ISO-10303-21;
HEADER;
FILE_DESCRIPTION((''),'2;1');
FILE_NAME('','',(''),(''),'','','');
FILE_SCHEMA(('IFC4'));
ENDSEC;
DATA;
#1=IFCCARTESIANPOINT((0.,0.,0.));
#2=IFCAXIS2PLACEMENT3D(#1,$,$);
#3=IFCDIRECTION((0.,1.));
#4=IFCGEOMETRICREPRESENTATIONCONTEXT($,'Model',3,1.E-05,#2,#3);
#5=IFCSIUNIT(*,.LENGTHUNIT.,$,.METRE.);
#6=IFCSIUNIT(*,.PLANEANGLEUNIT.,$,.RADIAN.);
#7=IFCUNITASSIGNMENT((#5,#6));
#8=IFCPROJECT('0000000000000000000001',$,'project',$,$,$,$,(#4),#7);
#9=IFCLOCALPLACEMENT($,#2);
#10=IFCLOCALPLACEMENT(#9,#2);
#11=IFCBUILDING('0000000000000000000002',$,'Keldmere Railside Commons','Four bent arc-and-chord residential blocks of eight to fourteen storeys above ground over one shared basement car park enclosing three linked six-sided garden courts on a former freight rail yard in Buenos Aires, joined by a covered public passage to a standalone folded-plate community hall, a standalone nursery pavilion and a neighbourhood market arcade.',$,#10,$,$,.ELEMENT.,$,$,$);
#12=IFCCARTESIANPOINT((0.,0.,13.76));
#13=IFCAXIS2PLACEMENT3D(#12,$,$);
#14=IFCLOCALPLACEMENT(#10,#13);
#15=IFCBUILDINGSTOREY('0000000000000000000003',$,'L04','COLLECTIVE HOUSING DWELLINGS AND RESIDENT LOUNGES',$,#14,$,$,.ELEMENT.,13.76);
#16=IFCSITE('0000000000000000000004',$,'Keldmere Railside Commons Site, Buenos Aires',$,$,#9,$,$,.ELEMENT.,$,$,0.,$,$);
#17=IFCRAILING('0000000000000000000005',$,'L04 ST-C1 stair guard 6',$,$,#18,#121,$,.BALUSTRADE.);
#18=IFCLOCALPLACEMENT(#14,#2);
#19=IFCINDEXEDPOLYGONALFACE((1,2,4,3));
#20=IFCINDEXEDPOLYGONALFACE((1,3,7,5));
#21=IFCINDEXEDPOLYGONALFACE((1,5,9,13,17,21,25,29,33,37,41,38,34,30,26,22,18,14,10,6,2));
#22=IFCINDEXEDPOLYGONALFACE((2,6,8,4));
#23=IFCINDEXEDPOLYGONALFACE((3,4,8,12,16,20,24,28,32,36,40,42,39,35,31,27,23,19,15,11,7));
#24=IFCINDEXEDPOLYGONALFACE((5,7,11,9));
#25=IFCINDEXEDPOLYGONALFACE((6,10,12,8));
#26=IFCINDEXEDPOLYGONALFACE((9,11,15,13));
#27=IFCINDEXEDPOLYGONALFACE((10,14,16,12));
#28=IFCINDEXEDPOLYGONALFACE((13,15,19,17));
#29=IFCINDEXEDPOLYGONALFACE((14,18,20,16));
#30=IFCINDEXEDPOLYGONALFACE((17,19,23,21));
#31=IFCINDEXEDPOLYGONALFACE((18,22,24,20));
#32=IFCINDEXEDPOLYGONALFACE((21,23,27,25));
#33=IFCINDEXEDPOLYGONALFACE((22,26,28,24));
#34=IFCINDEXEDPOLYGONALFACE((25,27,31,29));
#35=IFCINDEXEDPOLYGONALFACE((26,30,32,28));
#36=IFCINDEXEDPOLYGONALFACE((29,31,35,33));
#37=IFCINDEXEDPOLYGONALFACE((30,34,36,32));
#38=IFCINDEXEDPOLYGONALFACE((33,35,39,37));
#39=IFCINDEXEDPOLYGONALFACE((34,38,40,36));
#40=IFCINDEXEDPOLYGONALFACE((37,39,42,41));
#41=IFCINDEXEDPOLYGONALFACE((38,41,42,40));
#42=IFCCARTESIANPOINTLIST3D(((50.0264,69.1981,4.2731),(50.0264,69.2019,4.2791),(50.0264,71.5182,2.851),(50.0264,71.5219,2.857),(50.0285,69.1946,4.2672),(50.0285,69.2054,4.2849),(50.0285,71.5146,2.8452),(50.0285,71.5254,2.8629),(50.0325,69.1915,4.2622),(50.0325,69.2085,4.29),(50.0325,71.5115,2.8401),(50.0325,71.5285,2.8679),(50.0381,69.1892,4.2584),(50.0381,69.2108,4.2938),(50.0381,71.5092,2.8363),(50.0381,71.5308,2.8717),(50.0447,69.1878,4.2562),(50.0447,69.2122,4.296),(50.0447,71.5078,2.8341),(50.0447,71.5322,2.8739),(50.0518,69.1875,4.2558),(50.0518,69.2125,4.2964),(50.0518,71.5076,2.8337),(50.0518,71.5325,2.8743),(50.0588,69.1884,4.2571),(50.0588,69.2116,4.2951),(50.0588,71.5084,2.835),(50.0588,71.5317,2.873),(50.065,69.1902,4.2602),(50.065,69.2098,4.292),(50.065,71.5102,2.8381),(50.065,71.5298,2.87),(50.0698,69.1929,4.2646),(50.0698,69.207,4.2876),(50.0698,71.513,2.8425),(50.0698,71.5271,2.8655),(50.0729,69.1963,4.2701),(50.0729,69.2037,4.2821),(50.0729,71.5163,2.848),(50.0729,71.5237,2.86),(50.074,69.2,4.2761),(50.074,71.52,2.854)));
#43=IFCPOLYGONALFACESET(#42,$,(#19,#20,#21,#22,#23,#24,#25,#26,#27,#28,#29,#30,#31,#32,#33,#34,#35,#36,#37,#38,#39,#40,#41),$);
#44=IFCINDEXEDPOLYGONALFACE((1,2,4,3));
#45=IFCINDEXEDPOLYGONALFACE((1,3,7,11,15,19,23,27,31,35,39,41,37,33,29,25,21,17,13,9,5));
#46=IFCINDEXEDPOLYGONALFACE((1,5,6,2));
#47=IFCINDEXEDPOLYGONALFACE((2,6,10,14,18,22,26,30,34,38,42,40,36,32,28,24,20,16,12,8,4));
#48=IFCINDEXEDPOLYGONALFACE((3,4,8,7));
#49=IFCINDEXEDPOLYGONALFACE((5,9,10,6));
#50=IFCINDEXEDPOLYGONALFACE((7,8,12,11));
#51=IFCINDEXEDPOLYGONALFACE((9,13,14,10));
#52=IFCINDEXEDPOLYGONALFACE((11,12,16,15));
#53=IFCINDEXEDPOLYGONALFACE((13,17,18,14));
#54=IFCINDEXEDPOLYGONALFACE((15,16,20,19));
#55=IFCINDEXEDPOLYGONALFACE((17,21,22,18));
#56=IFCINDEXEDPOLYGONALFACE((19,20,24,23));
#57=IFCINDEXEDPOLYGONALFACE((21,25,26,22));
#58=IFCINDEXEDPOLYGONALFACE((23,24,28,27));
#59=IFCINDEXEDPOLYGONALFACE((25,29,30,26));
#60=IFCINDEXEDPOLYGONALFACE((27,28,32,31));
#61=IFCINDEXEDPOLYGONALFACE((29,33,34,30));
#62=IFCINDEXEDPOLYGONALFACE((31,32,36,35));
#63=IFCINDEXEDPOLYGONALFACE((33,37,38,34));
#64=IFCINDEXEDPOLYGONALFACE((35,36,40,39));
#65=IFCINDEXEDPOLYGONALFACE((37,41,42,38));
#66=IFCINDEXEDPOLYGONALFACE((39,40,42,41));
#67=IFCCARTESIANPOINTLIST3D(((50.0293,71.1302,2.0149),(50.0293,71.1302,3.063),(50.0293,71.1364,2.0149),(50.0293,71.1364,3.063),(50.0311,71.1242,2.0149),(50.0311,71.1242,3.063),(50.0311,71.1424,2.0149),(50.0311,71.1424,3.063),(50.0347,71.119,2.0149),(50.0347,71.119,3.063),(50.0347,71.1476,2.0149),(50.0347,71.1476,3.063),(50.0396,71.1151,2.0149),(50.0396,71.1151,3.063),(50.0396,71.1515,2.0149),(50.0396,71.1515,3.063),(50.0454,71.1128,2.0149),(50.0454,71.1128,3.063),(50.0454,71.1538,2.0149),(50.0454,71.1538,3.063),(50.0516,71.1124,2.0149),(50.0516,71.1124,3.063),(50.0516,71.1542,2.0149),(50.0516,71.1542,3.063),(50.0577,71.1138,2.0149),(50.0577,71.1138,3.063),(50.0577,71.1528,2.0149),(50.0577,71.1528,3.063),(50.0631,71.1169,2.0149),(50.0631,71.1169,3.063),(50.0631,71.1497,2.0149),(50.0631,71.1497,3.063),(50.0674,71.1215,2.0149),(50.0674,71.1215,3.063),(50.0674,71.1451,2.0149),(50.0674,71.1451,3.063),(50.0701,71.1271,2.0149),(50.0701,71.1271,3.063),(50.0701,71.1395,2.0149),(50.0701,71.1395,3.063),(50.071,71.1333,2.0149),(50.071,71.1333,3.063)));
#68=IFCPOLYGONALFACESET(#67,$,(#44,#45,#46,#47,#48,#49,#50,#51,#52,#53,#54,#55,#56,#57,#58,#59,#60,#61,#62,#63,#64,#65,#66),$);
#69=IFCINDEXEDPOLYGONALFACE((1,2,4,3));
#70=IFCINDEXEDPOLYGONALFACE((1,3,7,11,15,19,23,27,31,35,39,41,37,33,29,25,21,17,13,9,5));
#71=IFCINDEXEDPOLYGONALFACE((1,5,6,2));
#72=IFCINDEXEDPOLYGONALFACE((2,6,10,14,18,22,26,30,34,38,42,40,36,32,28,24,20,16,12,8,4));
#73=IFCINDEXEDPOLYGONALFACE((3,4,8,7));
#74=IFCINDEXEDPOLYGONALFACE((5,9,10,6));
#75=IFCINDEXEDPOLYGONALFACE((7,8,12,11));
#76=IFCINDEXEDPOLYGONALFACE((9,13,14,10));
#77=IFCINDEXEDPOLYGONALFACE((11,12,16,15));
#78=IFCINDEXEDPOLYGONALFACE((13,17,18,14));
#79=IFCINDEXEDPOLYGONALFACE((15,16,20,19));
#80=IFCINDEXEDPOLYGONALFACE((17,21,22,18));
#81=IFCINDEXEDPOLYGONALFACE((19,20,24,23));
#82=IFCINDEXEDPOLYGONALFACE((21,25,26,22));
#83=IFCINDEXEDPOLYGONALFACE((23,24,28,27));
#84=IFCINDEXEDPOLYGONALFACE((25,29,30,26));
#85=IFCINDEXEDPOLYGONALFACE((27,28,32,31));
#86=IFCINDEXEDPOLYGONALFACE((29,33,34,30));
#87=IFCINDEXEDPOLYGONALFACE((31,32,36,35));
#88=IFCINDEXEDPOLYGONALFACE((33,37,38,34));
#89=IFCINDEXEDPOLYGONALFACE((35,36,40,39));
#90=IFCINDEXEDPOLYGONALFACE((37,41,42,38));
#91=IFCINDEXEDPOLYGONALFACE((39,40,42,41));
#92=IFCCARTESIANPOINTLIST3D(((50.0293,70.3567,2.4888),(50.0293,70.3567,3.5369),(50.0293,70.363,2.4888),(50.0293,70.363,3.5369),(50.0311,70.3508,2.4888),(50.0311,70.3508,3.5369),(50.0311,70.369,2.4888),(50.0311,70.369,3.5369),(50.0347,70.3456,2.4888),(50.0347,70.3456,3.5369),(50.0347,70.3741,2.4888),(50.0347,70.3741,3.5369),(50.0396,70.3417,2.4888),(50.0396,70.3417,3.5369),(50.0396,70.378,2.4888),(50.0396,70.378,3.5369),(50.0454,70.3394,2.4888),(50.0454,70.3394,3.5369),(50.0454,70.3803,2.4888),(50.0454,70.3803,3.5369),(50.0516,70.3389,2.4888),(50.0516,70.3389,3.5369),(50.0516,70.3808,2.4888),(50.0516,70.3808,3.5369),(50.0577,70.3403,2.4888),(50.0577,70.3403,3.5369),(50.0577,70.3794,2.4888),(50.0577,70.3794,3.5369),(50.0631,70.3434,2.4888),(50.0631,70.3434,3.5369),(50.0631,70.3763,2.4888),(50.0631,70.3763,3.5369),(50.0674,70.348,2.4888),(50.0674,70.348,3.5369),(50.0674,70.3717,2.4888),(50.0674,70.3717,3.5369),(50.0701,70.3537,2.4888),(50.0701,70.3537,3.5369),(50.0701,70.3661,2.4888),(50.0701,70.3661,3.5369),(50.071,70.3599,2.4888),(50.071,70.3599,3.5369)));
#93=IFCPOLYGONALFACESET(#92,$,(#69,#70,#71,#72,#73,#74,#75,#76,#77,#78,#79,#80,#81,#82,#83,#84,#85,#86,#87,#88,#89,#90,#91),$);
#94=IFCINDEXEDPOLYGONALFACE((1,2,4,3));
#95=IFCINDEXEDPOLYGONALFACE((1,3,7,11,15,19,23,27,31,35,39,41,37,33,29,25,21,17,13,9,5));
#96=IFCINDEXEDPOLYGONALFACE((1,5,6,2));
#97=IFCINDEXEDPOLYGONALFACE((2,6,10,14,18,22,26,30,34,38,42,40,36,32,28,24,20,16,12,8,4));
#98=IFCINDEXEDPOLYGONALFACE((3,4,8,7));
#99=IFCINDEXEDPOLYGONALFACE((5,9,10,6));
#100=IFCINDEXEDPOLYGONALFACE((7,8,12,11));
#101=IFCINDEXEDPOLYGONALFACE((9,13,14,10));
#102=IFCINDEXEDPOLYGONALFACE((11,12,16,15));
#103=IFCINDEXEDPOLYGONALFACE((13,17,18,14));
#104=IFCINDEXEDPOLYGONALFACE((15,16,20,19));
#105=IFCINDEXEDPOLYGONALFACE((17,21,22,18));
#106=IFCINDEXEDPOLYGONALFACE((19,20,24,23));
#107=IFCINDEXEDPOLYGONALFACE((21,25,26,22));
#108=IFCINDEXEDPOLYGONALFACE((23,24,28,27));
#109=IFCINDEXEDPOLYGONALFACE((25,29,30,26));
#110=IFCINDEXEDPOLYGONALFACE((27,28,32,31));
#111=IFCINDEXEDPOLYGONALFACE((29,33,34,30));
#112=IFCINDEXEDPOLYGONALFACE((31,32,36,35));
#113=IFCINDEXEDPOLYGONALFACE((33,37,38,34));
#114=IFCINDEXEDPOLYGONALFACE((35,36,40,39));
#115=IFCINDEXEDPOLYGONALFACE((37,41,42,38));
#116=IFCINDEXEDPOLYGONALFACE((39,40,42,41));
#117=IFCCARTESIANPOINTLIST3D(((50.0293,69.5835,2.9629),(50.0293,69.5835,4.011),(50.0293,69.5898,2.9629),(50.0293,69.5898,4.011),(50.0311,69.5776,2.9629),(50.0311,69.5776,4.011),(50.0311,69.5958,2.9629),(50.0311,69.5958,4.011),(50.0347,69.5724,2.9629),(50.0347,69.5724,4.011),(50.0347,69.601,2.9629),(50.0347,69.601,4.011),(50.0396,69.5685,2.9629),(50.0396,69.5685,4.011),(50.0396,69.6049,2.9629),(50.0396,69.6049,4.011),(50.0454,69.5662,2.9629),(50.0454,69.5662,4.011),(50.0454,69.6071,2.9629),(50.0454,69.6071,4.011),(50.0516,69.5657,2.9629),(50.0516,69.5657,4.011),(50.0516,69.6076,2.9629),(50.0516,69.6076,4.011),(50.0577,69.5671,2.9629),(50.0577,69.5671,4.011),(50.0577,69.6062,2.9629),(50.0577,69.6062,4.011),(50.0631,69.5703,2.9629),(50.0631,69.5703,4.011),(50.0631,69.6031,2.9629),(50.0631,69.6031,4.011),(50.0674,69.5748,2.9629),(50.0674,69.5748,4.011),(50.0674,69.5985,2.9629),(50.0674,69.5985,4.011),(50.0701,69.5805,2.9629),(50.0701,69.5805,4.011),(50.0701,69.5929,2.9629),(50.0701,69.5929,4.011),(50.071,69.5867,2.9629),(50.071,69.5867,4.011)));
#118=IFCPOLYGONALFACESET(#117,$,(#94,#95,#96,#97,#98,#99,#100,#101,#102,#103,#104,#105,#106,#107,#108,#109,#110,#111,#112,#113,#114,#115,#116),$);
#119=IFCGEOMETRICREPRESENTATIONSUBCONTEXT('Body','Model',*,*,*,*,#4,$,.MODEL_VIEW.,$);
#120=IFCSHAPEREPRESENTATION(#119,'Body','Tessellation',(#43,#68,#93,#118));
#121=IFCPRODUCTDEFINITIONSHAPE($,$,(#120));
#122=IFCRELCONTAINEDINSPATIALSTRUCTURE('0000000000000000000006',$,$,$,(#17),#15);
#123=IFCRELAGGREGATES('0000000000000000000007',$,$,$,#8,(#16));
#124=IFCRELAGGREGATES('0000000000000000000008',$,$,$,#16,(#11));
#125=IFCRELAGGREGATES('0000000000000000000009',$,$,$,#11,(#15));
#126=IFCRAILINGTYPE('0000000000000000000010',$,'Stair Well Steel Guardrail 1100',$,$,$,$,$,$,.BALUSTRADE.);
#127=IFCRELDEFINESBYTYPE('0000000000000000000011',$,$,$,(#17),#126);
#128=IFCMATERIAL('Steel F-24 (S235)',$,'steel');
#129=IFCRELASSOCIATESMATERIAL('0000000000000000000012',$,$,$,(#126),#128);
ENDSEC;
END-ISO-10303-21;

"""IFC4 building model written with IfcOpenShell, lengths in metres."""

from ifc_helpers import new_model, si_unit, direction, frame, origin, origin_2d, place, context, subcontext, project, spatial, circle, extrude, material, type_object, element, save


model = new_model("IFC4")

# Units and contexts
model_context = context("Model", 3, precision=1e-05, world=origin(), true_north=direction((0.0, 1.0)))
body_context = subcontext(model_context, "Body", "Model", "MODEL_VIEW")
ifc_project = project(units=[si_unit("LENGTHUNIT", "METRE"), si_unit("PLANEANGLEUNIT", "RADIAN")], contexts=[model_context])

# Site, building, storey
site_placement = place(None, origin())
site = spatial("IfcSite", under=ifc_project, at=site_placement, Name="Keldmere Railside Commons Site, Buenos Aires", CompositionType="ELEMENT", RefElevation=0.0)
building_placement = place(site_placement, origin())
building = spatial("IfcBuilding", under=site, at=building_placement, Name="Keldmere Railside Commons", Description="Four bent arc-and-chord residential blocks of eight to fourteen storeys above ground over one shared basement car park enclosing three linked six-sided garden courts on a former freight rail yard in Buenos Aires, joined by a covered public passage to a standalone folded-plate community hall, a standalone nursery pavilion and a neighbourhood market arcade.", CompositionType="ELEMENT")
storey_placement = place(building_placement, frame((0.0, 0.0, 13.76)))
storey = spatial("IfcBuildingStorey", under=building, at=storey_placement, Name="L04", Description="COLLECTIVE HOUSING DWELLINGS AND RESIDENT LOUNGES", CompositionType="ELEMENT", Elevation=13.76)

# Shared definitions
ifc_material_1 = material(Name="Steel F-24 (S235)", Category="steel")

# Railing
railing_type_1 = type_object("IfcRailingType", Name="Stair Well Steel Guardrail 1100", PredefinedType="BALUSTRADE", material=ifc_material_1)
railing_1_placement = place(storey_placement, frame((50.05, 71.52, 1.7778)))
element("IfcRailing", 1, at=railing_1_placement, inside=storey, type_object=railing_type_1, Name="L04 ST-C1 stair guard 6", PredefinedType="BALUSTRADE", context=body_context, shape_type="SweptSolid", body=[
    extrude(circle(Radius=0.0239, at=origin_2d()), frame((0.0, 0.0, 1.0762), z_axis=(0.0, -0.852578, 0.5226), x_axis=(1.0, 0.0, 0.0)), (0.0, 0.0, 1.0), 2.7212),
    extrude(circle(Radius=0.021, at=origin_2d()), frame((0.0, -0.3867, 0.2371)), (0.0, 0.0, 1.0), 1.0481),
    extrude(circle(Radius=0.021, at=origin_2d()), frame((0.0, -1.1602, 0.7109)), (0.0, 0.0, 1.0), 1.0481),
    extrude(circle(Radius=0.021, at=origin_2d()), frame((0.0, -1.9333, 1.1851)), (0.0, 0.0, 1.0), 1.0481),
])

save(model, "model.ifc")
